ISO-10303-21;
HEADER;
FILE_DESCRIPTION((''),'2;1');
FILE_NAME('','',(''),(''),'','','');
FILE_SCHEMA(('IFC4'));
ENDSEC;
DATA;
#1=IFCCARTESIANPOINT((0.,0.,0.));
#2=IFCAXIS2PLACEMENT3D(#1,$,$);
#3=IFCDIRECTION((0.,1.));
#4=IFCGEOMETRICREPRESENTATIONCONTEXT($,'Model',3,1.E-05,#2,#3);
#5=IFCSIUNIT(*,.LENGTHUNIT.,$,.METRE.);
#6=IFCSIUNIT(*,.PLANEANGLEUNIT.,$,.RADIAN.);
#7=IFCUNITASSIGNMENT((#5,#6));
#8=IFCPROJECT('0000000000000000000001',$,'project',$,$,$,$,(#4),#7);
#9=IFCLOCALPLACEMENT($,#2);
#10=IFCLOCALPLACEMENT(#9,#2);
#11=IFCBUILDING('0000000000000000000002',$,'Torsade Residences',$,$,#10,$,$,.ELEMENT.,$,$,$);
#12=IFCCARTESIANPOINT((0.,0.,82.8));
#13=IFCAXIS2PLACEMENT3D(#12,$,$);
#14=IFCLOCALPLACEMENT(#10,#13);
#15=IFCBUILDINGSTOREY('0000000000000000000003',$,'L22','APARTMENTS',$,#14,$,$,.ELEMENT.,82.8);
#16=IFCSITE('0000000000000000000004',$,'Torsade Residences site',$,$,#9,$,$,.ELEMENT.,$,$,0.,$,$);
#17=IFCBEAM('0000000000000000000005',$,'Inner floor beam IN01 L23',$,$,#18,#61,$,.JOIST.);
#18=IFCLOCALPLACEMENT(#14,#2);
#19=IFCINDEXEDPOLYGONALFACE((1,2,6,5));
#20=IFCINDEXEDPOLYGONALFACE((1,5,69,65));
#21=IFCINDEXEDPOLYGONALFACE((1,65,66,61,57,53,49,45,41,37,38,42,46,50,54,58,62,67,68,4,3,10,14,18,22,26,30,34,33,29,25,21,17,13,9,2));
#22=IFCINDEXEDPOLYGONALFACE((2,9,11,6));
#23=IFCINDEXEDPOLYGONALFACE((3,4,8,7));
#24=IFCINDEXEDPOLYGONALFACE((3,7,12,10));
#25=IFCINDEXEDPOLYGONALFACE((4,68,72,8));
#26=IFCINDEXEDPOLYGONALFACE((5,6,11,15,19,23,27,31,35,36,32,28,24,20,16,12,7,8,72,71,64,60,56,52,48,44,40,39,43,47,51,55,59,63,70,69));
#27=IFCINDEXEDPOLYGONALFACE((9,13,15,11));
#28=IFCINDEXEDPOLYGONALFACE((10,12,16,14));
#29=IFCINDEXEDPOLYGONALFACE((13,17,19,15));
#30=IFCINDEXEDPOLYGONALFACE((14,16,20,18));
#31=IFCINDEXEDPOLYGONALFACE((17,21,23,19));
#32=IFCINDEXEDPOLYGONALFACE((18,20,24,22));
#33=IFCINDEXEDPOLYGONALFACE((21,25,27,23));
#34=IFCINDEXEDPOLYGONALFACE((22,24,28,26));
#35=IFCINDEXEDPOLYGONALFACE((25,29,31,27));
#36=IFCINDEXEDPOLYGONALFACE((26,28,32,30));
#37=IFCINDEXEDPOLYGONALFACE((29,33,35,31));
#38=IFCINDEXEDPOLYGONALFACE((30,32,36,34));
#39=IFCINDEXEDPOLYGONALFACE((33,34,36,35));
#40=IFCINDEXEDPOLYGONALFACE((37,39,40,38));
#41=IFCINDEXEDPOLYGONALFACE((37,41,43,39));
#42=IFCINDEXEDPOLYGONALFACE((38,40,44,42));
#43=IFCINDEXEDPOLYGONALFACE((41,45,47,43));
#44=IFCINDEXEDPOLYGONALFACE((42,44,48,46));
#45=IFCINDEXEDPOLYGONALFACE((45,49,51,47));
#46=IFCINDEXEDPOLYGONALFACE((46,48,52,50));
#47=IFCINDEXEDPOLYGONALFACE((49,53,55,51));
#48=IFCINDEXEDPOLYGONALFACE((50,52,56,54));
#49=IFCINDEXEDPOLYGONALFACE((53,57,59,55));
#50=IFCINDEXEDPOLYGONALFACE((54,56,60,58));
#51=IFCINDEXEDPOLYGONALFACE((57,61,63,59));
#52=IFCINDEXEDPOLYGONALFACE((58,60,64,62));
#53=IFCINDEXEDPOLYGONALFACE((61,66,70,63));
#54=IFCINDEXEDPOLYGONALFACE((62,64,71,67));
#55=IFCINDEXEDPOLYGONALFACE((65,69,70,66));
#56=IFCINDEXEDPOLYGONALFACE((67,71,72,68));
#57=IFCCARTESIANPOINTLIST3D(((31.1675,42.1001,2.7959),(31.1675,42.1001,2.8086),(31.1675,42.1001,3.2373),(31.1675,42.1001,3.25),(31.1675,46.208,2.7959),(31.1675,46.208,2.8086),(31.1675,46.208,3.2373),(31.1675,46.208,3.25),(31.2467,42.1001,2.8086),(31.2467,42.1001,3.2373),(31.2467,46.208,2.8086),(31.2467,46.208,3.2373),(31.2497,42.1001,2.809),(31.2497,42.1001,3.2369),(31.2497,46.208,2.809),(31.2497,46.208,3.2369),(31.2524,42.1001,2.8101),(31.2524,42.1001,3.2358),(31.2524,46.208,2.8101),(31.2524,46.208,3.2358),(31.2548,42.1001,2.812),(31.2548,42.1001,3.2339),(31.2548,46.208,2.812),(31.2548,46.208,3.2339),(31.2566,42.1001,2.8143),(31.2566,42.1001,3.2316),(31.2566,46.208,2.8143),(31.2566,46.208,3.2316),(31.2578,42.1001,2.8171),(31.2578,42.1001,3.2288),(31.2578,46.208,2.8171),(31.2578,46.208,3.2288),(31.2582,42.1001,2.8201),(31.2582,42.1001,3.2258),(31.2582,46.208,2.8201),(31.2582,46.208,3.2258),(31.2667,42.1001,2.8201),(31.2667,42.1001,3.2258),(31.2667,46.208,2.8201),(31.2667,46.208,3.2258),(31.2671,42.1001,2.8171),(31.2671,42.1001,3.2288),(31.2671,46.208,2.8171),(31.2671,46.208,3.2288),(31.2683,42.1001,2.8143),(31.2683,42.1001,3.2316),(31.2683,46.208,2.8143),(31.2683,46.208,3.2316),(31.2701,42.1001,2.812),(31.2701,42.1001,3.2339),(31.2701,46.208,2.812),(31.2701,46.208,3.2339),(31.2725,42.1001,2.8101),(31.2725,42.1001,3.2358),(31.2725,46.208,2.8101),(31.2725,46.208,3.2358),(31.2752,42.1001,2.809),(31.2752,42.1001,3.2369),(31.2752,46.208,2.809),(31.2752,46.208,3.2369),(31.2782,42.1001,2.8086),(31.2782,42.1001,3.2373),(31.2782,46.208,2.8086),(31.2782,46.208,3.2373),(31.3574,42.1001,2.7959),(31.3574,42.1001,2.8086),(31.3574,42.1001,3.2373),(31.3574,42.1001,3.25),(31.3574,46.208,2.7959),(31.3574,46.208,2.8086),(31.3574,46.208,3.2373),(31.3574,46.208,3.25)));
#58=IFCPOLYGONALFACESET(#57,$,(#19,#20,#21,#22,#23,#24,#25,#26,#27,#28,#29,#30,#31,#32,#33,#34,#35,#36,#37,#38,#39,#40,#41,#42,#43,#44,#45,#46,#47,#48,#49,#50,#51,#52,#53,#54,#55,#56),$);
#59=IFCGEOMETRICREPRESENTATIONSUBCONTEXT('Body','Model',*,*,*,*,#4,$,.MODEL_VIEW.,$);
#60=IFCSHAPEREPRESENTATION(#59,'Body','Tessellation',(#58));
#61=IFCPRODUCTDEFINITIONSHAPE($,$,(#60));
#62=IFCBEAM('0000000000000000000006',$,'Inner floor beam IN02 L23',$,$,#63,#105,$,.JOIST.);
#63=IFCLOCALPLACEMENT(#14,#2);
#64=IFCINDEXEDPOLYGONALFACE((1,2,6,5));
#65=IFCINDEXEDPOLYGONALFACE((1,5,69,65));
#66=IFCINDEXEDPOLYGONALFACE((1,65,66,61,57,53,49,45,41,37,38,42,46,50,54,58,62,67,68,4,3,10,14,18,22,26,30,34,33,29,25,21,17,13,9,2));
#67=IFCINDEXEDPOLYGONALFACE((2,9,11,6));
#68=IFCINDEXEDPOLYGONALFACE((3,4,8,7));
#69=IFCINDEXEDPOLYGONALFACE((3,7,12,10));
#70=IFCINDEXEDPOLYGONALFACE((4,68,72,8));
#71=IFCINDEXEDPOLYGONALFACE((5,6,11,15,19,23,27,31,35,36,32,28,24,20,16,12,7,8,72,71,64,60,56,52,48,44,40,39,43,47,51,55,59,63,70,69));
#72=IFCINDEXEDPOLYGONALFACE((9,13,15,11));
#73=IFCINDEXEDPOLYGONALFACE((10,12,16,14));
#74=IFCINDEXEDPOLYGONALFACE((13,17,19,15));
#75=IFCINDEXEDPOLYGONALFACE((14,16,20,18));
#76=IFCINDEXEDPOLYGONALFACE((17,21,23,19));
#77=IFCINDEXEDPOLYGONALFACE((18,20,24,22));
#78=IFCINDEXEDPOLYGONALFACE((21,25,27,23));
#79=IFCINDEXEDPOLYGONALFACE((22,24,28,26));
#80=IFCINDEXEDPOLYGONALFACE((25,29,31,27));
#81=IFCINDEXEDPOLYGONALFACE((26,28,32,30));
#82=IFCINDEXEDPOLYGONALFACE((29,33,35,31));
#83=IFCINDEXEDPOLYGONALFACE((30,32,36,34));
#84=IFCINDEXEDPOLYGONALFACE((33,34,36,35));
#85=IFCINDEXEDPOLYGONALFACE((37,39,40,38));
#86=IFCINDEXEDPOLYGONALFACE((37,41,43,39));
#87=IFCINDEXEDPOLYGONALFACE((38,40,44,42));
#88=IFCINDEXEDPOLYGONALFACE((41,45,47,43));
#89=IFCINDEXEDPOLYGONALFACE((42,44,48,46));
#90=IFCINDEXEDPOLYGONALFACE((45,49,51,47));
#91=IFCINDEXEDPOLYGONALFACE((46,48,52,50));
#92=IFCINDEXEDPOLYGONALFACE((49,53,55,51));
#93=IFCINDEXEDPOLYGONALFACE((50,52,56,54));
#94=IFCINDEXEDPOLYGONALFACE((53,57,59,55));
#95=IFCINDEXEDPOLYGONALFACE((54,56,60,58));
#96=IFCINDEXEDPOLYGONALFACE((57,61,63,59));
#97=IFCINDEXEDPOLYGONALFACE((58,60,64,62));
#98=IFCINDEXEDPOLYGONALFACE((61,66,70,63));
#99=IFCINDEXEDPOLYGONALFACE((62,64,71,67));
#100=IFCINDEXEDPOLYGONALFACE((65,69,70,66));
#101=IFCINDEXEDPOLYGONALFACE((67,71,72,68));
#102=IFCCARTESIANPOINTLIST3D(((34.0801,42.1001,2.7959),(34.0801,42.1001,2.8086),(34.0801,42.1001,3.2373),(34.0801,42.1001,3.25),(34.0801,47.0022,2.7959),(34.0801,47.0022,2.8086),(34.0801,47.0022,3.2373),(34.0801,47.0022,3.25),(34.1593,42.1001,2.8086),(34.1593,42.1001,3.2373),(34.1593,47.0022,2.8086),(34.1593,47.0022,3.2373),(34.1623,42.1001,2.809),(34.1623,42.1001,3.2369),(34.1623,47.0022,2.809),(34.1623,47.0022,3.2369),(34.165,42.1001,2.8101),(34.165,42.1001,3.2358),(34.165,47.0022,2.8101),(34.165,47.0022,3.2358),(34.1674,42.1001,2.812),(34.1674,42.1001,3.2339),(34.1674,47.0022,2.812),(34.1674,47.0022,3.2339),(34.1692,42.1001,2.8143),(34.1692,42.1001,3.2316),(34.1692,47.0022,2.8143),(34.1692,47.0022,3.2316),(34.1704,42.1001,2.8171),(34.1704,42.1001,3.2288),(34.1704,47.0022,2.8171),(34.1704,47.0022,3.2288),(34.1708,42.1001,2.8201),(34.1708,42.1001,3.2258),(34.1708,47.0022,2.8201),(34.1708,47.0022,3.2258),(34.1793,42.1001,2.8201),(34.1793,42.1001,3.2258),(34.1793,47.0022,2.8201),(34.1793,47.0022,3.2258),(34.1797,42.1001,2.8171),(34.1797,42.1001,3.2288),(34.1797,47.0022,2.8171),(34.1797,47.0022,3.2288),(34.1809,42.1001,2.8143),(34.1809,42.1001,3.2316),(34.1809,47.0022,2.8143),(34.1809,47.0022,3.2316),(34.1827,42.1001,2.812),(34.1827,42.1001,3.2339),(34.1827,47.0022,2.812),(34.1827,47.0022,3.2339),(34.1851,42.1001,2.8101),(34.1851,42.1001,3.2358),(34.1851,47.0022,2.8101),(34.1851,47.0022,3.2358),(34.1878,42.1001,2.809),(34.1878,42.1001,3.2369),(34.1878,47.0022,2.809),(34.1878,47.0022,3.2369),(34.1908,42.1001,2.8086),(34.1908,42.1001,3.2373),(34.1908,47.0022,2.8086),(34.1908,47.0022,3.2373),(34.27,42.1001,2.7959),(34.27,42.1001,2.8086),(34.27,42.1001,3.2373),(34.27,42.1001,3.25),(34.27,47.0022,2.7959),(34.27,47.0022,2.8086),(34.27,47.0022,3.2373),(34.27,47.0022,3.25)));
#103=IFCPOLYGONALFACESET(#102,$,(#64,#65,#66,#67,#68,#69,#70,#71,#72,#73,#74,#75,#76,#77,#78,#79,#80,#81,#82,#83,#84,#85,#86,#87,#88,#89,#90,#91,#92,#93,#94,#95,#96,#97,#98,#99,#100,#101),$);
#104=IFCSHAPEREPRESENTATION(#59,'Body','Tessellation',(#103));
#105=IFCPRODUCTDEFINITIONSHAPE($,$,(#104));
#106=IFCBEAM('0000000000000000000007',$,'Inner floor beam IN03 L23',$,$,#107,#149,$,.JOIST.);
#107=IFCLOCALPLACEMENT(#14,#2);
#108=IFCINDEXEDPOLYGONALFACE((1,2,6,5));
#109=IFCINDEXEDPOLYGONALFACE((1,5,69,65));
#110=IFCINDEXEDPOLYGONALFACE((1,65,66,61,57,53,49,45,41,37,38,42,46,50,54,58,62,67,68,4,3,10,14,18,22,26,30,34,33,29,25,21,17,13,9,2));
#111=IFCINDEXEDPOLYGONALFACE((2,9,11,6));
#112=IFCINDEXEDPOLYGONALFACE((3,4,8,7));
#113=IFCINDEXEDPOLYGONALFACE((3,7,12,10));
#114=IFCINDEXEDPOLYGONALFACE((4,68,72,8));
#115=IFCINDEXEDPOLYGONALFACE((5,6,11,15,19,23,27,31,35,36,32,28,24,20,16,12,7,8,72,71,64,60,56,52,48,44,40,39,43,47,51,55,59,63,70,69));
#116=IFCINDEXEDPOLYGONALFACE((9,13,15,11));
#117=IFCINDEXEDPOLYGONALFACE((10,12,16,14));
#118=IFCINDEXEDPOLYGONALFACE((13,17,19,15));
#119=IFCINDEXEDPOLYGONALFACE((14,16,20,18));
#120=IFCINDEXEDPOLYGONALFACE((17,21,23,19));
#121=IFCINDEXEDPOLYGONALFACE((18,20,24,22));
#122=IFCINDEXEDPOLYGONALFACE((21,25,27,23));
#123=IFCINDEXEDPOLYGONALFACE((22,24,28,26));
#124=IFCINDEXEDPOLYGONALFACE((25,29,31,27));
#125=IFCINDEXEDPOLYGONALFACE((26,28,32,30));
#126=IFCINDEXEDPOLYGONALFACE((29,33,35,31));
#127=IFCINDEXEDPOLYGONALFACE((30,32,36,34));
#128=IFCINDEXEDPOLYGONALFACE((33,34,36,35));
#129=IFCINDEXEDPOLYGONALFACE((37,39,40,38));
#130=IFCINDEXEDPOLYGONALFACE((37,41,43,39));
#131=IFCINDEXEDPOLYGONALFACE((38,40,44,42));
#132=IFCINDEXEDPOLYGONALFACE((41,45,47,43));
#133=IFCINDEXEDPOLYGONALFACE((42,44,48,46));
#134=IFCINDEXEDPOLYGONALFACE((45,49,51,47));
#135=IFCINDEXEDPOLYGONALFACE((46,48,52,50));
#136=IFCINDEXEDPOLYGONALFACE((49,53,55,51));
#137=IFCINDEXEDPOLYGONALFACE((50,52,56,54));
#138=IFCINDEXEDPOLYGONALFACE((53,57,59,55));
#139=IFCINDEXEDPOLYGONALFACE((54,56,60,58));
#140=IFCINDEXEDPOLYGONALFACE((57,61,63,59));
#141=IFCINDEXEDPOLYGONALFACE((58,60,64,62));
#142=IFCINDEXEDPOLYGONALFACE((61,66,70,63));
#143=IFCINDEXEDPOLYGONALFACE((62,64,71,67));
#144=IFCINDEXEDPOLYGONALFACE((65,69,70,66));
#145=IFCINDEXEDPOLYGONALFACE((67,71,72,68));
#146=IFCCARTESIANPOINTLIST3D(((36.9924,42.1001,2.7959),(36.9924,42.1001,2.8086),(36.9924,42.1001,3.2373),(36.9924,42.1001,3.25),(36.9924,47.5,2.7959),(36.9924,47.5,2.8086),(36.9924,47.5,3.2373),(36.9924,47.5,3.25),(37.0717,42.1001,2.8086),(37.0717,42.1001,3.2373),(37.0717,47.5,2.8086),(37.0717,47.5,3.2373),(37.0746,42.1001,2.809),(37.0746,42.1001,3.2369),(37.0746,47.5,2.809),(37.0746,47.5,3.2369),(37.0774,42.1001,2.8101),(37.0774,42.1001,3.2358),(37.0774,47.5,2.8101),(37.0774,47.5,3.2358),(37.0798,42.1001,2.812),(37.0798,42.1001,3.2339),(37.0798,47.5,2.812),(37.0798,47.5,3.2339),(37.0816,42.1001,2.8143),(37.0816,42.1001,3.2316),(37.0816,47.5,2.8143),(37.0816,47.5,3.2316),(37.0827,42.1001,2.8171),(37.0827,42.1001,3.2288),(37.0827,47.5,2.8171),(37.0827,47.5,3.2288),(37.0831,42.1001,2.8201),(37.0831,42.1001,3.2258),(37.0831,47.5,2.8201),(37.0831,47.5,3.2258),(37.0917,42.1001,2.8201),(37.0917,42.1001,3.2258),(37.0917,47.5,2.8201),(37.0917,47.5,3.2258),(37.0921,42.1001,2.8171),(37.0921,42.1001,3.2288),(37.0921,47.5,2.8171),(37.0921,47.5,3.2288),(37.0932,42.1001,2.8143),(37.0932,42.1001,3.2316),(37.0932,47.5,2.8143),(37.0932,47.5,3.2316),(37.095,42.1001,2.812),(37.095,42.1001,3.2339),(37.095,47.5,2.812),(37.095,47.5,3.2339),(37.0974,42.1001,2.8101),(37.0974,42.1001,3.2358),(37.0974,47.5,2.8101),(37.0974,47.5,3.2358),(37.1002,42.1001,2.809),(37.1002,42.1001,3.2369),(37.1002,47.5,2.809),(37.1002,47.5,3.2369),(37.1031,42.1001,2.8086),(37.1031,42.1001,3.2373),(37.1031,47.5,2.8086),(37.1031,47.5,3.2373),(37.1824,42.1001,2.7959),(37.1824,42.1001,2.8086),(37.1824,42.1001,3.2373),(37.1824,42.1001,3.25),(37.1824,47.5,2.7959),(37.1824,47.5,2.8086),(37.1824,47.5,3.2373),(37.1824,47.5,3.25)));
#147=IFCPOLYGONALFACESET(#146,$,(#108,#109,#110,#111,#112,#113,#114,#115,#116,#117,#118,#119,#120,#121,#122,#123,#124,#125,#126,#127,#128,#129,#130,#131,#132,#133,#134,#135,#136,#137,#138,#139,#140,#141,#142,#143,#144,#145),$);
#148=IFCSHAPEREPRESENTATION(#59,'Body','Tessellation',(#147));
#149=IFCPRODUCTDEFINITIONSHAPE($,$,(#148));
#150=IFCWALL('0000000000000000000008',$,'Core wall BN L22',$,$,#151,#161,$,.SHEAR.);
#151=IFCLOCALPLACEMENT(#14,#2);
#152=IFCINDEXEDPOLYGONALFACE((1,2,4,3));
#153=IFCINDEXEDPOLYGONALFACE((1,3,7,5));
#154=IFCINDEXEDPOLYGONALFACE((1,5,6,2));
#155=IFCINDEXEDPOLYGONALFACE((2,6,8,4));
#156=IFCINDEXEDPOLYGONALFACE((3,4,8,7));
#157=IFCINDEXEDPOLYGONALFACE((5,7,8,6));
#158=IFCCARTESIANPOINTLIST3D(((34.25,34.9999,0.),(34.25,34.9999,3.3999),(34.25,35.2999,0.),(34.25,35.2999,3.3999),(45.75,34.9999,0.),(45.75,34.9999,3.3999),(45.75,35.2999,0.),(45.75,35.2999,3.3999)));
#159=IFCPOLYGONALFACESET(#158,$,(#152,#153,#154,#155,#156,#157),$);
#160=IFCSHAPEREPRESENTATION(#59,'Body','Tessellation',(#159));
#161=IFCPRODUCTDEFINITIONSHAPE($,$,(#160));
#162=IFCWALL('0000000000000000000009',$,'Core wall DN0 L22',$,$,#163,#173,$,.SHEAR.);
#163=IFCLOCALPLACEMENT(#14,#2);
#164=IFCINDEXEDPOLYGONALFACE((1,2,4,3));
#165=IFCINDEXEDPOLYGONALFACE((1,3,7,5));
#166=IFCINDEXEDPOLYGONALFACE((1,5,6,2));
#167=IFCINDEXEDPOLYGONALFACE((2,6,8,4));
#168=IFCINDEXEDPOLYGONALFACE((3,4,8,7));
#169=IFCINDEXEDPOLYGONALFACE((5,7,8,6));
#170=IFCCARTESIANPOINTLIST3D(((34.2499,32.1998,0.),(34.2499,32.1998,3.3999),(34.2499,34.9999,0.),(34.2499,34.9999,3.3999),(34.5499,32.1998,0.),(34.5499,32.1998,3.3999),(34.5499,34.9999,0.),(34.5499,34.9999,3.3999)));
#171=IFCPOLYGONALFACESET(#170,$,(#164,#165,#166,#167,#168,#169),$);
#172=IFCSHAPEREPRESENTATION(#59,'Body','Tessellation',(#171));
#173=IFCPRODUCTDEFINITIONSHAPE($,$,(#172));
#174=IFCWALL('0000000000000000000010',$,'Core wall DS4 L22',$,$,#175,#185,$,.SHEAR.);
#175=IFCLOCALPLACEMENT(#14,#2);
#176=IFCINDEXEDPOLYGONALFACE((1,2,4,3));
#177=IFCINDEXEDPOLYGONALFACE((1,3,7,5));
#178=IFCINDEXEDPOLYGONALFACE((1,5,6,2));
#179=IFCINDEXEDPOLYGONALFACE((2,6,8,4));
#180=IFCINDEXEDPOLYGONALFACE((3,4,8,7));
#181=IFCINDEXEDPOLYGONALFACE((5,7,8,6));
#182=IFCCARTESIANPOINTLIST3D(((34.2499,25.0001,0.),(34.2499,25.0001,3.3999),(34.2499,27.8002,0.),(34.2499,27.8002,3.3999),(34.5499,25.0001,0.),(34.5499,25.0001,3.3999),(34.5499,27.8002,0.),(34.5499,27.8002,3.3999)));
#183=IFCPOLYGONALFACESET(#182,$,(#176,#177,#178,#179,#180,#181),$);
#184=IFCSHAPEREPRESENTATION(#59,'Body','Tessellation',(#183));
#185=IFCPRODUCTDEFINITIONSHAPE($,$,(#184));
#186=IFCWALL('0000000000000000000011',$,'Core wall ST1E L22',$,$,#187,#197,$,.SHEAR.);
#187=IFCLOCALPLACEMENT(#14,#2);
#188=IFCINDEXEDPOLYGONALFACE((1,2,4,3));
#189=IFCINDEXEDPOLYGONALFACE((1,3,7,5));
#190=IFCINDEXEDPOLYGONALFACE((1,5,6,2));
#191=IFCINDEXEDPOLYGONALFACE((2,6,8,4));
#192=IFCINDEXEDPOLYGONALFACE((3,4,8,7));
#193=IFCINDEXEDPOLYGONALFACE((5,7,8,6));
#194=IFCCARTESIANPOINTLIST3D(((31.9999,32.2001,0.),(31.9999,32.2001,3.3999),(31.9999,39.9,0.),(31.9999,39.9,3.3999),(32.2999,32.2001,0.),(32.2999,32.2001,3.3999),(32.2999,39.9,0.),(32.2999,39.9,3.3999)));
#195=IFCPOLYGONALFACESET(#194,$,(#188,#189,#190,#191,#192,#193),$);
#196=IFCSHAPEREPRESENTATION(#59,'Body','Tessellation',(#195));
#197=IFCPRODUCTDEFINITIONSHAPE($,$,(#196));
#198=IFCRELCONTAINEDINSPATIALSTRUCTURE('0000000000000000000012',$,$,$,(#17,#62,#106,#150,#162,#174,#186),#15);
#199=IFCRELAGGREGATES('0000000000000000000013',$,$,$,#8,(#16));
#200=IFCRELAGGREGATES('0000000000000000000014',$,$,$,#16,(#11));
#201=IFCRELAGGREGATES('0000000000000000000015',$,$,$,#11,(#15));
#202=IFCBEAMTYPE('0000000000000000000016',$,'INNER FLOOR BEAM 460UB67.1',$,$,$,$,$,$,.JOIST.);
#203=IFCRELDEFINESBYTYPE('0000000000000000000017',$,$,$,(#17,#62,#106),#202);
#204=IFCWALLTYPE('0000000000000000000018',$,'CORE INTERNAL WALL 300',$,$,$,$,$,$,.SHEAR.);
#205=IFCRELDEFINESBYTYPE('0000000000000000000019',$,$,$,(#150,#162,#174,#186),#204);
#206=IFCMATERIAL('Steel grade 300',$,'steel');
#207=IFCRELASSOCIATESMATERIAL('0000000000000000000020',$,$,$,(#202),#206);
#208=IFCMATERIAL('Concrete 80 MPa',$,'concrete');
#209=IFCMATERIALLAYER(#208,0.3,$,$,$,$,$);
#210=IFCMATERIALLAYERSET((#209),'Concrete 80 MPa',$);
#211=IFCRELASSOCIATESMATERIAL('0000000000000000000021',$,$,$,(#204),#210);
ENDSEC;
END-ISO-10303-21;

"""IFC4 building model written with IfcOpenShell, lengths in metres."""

from ifc_helpers import new_model, si_unit, direction, frame, frame_2d, origin, origin_2d, place, context, subcontext, project, spatial, rectangle, i_section, extrude, material, layer, layer_set, material_profile, profile_set, type_object, element, save


model = new_model("IFC4")

# Units and contexts
model_context = context("Model", 3, precision=1e-05, world=origin(), true_north=direction((0.0, 1.0)))
body_context = subcontext(model_context, "Body", "Model", "MODEL_VIEW")
ifc_project = project(units=[si_unit("LENGTHUNIT", "METRE"), si_unit("PLANEANGLEUNIT", "RADIAN")], contexts=[model_context])

# Site, building, storey
site_placement = place(None, origin())
site = spatial("IfcSite", under=ifc_project, at=site_placement, Name="Torsade Residences site", CompositionType="ELEMENT", RefElevation=0.0)
building_placement = place(site_placement, origin())
building = spatial("IfcBuilding", under=site, at=building_placement, Name="Torsade Residences", CompositionType="ELEMENT")
storey_placement = place(building_placement, frame((0.0, 0.0, 82.8)))
storey = spatial("IfcBuildingStorey", under=building, at=storey_placement, Name="L22", Description="APARTMENTS", CompositionType="ELEMENT", Elevation=82.8)

# Beams
ifc_material_1 = material(Name="Steel grade 300", Category="steel")
ifc_material_profile = material_profile(ifc_material_1, i_section(OverallWidth=0.1899, OverallDepth=0.4541, WebThickness=0.0085, FlangeThickness=0.0127, FilletRadius=0.0115, at=origin_2d()), Name="460UB67.1")
ifc_profile_set = profile_set([ifc_material_profile], Name="Steel grade 300")
beam_type = type_object("IfcBeamType", Name="INNER FLOOR BEAM 460UB67.1", PredefinedType="JOIST", material=ifc_profile_set)
beam_1_placement = place(storey_placement, frame((31.2625, 42.1001, 3.0229), z_axis=(0.0, 1.0, 0.0), x_axis=(-1.0, 0.0, 0.0)))
element("IfcBeam", 1, at=beam_1_placement, inside=storey, type_object=beam_type, Name="Inner floor beam IN01 L23", PredefinedType="JOIST", context=body_context, shape_type="SweptSolid", body=[
    extrude(i_section(OverallWidth=0.1899, OverallDepth=0.4541, WebThickness=0.0085, FlangeThickness=0.0127, FilletRadius=0.0115, at=origin_2d()), origin(), (0.0, 0.0, 1.0), 4.1079),
])
beam_2_placement = place(storey_placement, frame((34.175, 42.1001, 3.0229), z_axis=(0.0, 1.0, 0.0), x_axis=(-1.0, 0.0, 0.0)))
element("IfcBeam", 2, at=beam_2_placement, inside=storey, type_object=beam_type, Name="Inner floor beam IN02 L23", PredefinedType="JOIST", context=body_context, shape_type="SweptSolid", body=[
    extrude(i_section(OverallWidth=0.1899, OverallDepth=0.4541, WebThickness=0.0085, FlangeThickness=0.0127, FilletRadius=0.0115, at=origin_2d()), origin(), (0.0, 0.0, 1.0), 4.9021),
])
beam_3_placement = place(storey_placement, frame((37.0874, 42.1001, 3.0229), z_axis=(0.0, 1.0, 0.0), x_axis=(-1.0, 0.0, 0.0)))
element("IfcBeam", 3, at=beam_3_placement, inside=storey, type_object=beam_type, Name="Inner floor beam IN03 L23", PredefinedType="JOIST", context=body_context, shape_type="SweptSolid", body=[
    extrude(i_section(OverallWidth=0.1899, OverallDepth=0.4541, WebThickness=0.0085, FlangeThickness=0.0127, FilletRadius=0.0115, at=origin_2d()), origin(), (0.0, 0.0, 1.0), 5.3999),
])

# Walls
ifc_material_2 = material(Name="Concrete 80 MPa", Category="concrete")
ifc_layer_1 = layer(ifc_material_2, 0.3)
ifc_layer_set_1 = layer_set([ifc_layer_1], Name="Concrete 80 MPa")
wall_type_1 = type_object("IfcWallType", Name="CORE INTERNAL WALL 300", PredefinedType="SHEAR", material=ifc_layer_set_1)
wall_1_placement = place(storey_placement, frame((34.25, 35.1499, 0.0), z_axis=(0.0, 0.0, 1.0), x_axis=(1.0, 0.0, 0.0)))
element("IfcWall", 4, at=wall_1_placement, inside=storey, type_object=wall_type_1, Name="Core wall BN L22", PredefinedType="SHEAR", context=body_context, shape_type="SweptSolid", body=[
    extrude(rectangle(XDim=11.5, YDim=0.3, at=frame_2d((5.75, 0.0))), origin(), (0.0, 0.0, 1.0), 3.3999),
])
for number, where, z_axis, x_axis, name in (
    (5, (34.3999, 32.2, 0.0), (0.0, 0.0, 1.0), (0.0, 1.0, 0.0), "Core wall DN0 L22"),
    (6, (34.3999, 27.8, 0.0), (0.0, 0.0, 1.0), (0.0, -1.0, 0.0), "Core wall DS4 L22"),
):
    element("IfcWall", number, at=place(storey_placement, frame(where, z_axis=z_axis, x_axis=x_axis)), inside=storey, type_object=wall_type_1, Name=name, PredefinedType="SHEAR", context=body_context, shape_type="SweptSolid", body=[
        extrude(rectangle(XDim=2.8, YDim=0.3, at=frame_2d((1.3999, 0.0))), origin(), (0.0, 0.0, 1.0), 3.3999),
    ])
wall_2_placement = place(storey_placement, frame((32.1499, 32.2, 0.0), z_axis=(0.0, 0.0, 1.0), x_axis=(0.0, 1.0, 0.0)))
element("IfcWall", 7, at=wall_2_placement, inside=storey, type_object=wall_type_1, Name="Core wall ST1E L22", PredefinedType="SHEAR", context=body_context, shape_type="SweptSolid", body=[
    extrude(rectangle(XDim=7.7, YDim=0.3, at=frame_2d((3.8501, 0.0))), origin(), (0.0, 0.0, 1.0), 3.3999),
])

save(model, "model.ifc")
